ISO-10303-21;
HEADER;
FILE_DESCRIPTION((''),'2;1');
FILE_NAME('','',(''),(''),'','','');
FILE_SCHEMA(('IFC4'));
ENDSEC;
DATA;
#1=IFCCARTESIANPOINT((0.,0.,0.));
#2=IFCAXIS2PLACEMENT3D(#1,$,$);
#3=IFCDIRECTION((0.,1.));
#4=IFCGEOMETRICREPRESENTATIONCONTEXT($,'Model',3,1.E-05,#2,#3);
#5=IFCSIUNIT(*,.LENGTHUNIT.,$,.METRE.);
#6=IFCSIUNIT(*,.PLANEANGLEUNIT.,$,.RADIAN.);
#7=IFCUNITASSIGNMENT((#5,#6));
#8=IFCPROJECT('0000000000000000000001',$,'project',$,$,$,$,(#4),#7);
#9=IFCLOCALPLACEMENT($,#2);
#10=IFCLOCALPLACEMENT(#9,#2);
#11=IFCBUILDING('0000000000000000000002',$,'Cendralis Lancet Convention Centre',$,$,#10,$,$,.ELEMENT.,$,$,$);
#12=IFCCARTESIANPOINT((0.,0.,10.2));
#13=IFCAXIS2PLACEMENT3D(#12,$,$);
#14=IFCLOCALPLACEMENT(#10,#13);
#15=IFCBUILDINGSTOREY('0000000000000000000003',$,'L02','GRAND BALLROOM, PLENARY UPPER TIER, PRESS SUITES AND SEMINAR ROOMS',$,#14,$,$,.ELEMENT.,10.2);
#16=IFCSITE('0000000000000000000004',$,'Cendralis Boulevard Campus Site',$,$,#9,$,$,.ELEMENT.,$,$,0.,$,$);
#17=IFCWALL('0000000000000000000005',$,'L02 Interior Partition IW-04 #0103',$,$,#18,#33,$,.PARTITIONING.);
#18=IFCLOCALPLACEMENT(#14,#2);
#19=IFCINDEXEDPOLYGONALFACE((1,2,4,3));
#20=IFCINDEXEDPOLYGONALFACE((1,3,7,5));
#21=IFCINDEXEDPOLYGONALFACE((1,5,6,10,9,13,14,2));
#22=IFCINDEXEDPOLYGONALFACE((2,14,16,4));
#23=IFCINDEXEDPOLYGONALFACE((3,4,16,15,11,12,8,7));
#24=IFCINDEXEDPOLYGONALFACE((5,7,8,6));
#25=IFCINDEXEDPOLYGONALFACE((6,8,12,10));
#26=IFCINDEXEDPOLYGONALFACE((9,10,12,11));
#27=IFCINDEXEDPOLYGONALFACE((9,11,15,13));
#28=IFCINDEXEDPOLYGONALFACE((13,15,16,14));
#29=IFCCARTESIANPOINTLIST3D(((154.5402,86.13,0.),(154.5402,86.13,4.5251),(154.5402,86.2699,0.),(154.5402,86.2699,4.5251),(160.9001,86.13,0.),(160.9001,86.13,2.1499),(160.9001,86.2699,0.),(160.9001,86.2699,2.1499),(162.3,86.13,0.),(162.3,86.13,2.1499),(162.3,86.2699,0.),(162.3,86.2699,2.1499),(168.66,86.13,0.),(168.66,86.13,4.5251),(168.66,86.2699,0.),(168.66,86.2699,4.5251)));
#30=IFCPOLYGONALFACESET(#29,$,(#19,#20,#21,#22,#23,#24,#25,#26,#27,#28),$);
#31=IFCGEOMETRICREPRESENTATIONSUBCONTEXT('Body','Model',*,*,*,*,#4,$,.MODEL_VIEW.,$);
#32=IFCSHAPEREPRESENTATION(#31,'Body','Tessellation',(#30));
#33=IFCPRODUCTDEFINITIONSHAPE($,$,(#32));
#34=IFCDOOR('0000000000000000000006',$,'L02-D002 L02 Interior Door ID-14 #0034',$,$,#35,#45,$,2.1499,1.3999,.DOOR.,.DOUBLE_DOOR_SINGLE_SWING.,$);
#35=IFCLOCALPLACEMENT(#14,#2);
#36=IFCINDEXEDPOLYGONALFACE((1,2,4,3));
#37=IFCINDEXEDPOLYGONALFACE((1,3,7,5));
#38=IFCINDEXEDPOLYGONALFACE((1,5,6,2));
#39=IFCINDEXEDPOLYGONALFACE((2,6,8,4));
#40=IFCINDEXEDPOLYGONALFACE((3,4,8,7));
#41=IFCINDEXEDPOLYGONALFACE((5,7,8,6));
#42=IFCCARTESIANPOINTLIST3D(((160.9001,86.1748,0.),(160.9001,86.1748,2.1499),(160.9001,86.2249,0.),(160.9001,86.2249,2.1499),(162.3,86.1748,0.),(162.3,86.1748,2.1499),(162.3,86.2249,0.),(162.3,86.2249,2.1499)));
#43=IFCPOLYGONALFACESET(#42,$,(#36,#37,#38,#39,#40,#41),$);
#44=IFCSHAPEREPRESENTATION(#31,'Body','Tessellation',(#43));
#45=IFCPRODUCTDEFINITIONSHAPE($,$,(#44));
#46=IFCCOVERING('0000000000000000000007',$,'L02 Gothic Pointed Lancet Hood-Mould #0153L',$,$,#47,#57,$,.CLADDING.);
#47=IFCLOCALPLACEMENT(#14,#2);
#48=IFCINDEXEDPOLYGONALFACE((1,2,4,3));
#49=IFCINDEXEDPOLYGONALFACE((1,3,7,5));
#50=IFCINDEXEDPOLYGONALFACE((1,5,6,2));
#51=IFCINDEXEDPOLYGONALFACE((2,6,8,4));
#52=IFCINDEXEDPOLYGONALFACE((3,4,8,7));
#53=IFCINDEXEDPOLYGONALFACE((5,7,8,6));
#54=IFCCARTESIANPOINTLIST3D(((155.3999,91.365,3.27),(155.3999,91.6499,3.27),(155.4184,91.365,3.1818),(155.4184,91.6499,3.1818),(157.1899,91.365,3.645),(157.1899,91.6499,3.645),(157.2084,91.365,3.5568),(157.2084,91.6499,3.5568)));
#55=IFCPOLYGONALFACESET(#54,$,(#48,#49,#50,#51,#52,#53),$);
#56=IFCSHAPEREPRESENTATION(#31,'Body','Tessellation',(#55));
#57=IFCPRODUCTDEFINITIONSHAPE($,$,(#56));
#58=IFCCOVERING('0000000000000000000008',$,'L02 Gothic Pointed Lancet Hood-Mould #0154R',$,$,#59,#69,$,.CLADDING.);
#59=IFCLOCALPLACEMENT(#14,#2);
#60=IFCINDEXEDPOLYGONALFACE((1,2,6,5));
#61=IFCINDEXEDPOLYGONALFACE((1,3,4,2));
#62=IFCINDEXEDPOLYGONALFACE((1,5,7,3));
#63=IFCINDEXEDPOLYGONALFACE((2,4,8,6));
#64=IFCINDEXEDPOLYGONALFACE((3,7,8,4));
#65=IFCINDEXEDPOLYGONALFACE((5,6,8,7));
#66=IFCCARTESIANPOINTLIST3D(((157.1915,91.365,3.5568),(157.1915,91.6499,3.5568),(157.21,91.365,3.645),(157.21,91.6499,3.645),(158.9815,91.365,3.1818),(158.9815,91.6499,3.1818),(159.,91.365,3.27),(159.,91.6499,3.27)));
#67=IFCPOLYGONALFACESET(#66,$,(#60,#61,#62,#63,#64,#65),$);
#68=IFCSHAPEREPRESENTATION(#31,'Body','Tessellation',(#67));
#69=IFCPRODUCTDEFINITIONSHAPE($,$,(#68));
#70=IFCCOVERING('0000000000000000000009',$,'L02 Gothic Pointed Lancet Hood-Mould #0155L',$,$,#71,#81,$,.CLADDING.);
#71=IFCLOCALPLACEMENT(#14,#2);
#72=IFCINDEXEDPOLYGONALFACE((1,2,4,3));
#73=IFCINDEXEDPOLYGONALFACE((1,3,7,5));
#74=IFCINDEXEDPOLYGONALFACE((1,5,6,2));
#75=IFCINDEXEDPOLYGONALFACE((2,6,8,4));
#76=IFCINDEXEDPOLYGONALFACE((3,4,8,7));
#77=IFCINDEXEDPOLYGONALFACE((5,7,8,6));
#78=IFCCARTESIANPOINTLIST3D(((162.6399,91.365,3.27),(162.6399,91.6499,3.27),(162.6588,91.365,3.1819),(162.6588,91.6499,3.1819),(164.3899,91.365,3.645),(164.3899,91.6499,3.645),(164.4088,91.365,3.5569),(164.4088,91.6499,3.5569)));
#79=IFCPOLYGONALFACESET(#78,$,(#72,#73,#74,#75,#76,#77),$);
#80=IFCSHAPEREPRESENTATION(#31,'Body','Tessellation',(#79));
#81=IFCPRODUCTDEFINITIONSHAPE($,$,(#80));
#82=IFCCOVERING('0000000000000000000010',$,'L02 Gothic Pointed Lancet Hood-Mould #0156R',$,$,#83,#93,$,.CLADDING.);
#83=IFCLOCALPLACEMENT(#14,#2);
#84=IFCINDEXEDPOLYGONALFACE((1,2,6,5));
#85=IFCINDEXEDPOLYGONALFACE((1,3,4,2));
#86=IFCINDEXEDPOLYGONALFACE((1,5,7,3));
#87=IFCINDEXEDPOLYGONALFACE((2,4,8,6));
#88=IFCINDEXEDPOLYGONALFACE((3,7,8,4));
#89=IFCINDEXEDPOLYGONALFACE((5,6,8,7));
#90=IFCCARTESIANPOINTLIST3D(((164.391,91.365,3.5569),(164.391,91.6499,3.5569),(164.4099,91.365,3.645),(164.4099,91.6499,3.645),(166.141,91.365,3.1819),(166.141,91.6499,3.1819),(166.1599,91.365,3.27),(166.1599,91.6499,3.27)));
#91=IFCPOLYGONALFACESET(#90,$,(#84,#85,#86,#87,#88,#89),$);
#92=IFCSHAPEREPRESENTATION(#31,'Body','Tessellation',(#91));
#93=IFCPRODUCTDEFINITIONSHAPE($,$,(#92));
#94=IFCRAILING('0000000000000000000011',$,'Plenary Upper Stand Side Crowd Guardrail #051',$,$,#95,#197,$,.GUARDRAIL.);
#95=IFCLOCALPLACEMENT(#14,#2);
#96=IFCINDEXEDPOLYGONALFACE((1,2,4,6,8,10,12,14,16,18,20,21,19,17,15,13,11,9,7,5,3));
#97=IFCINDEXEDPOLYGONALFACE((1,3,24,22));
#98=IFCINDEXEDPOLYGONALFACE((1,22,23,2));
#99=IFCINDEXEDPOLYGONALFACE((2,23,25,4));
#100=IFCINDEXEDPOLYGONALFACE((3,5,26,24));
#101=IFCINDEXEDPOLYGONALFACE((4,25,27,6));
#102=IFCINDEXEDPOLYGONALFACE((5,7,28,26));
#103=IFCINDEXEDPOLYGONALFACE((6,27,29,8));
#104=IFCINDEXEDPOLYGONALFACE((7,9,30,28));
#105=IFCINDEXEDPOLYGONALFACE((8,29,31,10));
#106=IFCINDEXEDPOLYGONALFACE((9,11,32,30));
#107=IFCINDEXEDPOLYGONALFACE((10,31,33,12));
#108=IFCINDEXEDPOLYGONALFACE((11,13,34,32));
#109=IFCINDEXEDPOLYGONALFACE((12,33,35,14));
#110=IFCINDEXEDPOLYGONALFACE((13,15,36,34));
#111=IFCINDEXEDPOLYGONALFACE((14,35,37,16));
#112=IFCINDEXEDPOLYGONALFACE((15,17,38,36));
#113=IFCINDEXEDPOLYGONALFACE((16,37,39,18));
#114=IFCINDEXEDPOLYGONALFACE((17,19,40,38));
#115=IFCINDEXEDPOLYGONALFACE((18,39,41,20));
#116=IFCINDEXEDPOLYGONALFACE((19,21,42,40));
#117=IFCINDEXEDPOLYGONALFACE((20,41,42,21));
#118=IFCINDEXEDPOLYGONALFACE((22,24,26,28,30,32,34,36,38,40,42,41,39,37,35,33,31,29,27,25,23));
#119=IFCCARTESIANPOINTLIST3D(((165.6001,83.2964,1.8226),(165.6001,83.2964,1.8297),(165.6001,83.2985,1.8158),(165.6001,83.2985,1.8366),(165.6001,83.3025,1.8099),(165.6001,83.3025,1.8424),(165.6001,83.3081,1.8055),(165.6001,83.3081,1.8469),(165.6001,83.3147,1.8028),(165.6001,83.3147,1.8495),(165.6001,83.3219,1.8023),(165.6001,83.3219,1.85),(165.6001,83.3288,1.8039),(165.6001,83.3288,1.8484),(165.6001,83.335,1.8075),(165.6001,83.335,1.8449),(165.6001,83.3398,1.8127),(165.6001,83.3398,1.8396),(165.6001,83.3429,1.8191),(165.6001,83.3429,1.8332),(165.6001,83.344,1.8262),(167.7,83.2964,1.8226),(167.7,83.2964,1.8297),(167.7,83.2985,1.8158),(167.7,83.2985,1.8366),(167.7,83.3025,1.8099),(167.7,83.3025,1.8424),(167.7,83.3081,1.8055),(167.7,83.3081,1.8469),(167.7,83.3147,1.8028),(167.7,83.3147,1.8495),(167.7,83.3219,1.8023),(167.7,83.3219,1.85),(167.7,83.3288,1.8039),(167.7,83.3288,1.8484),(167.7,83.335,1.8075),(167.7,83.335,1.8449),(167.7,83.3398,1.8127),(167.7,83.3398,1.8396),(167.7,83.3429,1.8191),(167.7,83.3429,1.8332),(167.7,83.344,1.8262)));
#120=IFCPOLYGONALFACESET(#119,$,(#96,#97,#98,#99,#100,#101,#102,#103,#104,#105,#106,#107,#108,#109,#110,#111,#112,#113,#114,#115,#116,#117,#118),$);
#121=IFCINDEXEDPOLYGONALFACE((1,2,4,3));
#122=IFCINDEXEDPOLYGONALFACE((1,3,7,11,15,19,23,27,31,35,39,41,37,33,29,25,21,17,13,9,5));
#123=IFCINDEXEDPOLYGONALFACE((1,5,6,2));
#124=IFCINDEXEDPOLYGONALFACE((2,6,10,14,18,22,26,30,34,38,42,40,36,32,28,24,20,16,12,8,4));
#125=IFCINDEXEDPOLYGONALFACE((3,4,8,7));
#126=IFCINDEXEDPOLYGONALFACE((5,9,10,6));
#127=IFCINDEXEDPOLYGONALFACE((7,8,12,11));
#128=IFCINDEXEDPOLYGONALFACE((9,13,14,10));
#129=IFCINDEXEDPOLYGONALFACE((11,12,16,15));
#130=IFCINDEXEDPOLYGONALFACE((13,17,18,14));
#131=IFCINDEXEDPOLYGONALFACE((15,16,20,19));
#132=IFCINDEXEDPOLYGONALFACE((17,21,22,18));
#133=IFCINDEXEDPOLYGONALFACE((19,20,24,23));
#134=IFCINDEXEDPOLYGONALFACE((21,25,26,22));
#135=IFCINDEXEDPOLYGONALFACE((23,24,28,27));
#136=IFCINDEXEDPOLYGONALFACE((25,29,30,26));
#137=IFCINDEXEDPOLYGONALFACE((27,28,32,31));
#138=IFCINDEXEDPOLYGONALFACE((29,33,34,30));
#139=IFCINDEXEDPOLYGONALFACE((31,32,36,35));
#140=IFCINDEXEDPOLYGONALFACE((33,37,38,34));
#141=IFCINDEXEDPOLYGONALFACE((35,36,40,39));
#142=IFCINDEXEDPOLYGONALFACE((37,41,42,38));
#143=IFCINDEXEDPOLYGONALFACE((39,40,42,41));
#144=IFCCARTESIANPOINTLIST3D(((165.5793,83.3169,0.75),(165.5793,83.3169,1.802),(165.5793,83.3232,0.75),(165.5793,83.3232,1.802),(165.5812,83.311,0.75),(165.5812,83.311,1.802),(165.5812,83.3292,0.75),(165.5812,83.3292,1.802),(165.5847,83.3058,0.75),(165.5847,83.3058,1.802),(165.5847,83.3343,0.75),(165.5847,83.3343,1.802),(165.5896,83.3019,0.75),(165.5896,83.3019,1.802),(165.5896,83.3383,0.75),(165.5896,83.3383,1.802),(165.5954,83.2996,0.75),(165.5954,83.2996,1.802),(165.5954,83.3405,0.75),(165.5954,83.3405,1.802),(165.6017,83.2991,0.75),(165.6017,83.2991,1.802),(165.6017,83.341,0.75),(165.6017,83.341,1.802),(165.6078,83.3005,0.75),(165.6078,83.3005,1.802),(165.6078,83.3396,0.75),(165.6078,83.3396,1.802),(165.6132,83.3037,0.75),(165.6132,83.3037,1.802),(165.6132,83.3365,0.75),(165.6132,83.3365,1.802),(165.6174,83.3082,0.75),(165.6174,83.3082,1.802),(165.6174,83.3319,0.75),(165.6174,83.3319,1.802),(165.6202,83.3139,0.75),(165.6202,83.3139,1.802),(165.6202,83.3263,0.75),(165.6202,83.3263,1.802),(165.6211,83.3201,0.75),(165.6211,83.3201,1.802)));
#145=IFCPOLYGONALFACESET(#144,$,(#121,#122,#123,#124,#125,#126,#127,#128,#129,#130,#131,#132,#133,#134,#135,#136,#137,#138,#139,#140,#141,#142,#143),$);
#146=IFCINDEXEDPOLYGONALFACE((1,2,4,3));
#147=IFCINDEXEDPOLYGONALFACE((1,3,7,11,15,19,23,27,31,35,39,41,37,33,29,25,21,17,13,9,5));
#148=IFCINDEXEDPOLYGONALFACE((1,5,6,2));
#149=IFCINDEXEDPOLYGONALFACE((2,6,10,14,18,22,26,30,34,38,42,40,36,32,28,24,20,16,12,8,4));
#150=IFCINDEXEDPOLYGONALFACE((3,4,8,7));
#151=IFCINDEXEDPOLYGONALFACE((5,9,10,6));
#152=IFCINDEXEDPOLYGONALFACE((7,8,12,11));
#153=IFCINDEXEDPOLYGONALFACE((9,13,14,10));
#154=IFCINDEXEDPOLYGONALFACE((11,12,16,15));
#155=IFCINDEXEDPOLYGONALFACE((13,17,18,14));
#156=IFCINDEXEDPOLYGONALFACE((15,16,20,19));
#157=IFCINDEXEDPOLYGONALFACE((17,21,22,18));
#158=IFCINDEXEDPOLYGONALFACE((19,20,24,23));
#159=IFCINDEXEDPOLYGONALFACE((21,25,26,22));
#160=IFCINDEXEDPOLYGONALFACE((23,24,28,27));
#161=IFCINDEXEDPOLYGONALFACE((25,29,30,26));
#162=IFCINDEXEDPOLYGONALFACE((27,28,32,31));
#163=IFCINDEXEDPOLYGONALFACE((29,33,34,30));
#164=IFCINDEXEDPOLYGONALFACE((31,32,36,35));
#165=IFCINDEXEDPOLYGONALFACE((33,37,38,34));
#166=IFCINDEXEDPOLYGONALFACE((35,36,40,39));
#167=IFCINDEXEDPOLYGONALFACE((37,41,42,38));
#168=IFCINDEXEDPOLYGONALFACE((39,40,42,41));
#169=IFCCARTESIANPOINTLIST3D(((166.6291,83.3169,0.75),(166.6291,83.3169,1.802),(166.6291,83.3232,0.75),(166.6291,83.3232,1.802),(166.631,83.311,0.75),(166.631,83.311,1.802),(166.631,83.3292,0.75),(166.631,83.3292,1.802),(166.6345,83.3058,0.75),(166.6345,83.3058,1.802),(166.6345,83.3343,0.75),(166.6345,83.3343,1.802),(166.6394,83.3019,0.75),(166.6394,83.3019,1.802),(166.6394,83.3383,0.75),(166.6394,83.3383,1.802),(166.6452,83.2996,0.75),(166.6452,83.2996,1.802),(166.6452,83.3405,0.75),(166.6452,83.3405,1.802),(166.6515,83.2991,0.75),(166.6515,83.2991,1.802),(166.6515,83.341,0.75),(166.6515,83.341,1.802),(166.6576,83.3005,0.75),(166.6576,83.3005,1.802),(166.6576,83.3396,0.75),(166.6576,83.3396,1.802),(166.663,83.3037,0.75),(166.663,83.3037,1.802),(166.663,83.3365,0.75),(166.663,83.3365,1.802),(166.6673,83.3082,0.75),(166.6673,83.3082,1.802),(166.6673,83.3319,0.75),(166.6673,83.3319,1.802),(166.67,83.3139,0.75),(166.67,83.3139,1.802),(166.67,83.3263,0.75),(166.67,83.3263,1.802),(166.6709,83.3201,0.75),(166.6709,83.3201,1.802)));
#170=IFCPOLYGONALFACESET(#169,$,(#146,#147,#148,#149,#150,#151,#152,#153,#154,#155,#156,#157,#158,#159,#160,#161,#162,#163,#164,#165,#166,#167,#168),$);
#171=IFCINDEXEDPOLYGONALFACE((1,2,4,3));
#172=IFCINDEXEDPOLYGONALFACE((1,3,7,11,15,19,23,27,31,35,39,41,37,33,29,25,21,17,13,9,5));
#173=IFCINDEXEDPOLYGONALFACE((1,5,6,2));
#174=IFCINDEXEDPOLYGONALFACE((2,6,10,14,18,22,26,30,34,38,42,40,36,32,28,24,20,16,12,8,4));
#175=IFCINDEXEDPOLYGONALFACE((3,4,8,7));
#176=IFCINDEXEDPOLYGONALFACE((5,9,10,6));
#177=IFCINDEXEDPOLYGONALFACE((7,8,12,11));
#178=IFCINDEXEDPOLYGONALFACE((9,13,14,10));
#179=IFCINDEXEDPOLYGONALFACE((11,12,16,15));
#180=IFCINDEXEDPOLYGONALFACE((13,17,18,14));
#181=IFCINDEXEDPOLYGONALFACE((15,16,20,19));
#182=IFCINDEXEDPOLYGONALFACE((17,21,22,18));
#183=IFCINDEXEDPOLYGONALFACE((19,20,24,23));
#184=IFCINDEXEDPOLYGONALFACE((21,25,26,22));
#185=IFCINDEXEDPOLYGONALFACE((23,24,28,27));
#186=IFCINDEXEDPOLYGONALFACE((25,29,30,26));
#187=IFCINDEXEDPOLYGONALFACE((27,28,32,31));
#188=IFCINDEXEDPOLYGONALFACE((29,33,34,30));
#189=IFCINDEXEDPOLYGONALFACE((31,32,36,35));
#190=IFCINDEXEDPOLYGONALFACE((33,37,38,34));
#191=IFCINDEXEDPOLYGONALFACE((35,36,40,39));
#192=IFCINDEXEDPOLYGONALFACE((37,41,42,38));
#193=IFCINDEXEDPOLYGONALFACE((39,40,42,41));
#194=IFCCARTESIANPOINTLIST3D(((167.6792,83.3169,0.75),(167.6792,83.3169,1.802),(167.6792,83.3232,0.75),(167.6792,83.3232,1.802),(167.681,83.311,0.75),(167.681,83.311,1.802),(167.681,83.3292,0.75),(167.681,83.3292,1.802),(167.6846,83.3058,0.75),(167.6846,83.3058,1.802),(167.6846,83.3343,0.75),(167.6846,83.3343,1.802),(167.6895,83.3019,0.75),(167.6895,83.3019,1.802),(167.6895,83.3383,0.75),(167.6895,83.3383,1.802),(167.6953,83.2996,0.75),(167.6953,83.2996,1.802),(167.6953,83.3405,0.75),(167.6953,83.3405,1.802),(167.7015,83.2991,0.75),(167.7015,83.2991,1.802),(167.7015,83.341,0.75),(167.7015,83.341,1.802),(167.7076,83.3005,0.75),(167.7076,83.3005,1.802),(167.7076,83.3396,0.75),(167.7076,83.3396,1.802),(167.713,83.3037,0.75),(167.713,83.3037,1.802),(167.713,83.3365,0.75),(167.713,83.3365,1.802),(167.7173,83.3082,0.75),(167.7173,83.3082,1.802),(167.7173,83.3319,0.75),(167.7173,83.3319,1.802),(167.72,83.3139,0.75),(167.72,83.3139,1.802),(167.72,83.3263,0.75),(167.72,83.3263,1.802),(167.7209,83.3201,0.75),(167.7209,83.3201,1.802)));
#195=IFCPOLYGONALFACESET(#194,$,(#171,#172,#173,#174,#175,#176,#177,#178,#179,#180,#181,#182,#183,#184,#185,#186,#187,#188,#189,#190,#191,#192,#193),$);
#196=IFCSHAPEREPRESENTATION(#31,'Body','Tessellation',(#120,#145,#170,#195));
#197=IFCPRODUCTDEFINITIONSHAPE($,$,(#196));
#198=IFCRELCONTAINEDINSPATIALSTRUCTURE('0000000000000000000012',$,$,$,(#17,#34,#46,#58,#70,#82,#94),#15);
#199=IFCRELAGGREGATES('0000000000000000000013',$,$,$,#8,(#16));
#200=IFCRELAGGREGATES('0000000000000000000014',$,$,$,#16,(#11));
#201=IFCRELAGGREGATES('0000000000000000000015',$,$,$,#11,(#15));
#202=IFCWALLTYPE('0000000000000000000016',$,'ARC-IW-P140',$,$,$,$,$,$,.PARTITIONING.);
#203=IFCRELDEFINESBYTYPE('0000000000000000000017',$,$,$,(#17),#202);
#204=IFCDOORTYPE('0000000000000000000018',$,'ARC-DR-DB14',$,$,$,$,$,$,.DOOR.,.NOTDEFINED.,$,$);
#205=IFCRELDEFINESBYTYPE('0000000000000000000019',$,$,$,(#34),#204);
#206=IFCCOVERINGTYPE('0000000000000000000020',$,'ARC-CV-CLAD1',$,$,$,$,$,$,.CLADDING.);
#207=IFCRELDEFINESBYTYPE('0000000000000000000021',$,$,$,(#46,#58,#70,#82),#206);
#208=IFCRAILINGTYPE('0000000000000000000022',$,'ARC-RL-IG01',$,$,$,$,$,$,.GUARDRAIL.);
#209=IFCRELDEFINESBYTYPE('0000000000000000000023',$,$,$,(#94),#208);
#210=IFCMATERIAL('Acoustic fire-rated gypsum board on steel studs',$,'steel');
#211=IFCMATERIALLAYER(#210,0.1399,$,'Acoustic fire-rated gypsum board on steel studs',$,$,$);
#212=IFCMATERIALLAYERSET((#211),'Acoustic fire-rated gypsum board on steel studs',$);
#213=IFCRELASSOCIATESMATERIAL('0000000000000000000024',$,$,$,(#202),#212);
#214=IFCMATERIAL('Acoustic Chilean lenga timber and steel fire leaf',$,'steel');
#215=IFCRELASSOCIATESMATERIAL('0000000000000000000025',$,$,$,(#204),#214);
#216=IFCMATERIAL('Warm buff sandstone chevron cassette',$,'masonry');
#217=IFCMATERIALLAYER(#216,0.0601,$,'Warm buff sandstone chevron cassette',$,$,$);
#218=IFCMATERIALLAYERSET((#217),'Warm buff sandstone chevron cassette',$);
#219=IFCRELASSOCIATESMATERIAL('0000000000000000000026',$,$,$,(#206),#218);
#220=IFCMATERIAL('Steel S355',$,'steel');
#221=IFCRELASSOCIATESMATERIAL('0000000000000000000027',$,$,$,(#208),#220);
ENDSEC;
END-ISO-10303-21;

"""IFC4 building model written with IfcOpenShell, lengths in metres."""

from ifc_helpers import new_model, si_unit, direction, frame, frame_2d, origin, origin_2d, place, context, subcontext, project, spatial, polyline, rectangle, circle, outline, extrude, material, layer, layer_set, type_object, element, fill, save


model = new_model("IFC4")

# Units and contexts
model_context = context("Model", 3, precision=1e-05, world=origin(), true_north=direction((0.0, 1.0)))
body_context = subcontext(model_context, "Body", "Model", "MODEL_VIEW")
ifc_project = project(units=[si_unit("LENGTHUNIT", "METRE"), si_unit("PLANEANGLEUNIT", "RADIAN")], contexts=[model_context])

# Site, building, storey
site_placement = place(None, origin())
site = spatial("IfcSite", under=ifc_project, at=site_placement, Name="Cendralis Boulevard Campus Site", CompositionType="ELEMENT", RefElevation=0.0)
building_placement = place(site_placement, origin())
building = spatial("IfcBuilding", under=site, at=building_placement, Name="Cendralis Lancet Convention Centre", CompositionType="ELEMENT")
storey_placement = place(building_placement, frame((0.0, 0.0, 10.2)))
storey = spatial("IfcBuildingStorey", under=building, at=storey_placement, Name="L02", Description="GRAND BALLROOM, PLENARY UPPER TIER, PRESS SUITES AND SEMINAR ROOMS", CompositionType="ELEMENT", Elevation=10.2)

# Shared definitions
ifc_material_1 = material(Name="Steel S355", Category="steel")

# Shared definitions
ifc_material_2 = material(Name="Acoustic fire-rated gypsum board on steel studs", Category="steel")

# Wall, opening, door
ifc_layer_1 = layer(ifc_material_2, 0.1399, Name="Acoustic fire-rated gypsum board on steel studs")
ifc_layer_set_1 = layer_set([ifc_layer_1], Name="Acoustic fire-rated gypsum board on steel studs")
wall_type_1 = type_object("IfcWallType", Name="ARC-IW-P140", PredefinedType="PARTITIONING", material=ifc_layer_set_1)
wall_1_placement = place(storey_placement, frame((154.54, 86.2, 0.0), z_axis=(0.0, 0.0, 1.0), x_axis=(1.0, 0.0, 0.0)))
wall_1 = element("IfcWall", 1, at=wall_1_placement, inside=storey, type_object=wall_type_1, Name="L02 Interior Partition IW-04 #0103", PredefinedType="PARTITIONING", context=body_context, shape_type="SweptSolid", body=[
    extrude(rectangle(XDim=14.1199, YDim=0.1399, at=frame_2d((7.0601, 0.0))), origin(), (0.0, 0.0, 1.0), 4.5251),
])
opening_1_placement = place(wall_1_placement, frame((6.3601, 0.0, 0.0)))
opening_1 = element("IfcOpeningElement", 2, at=opening_1_placement, cuts=wall_1, PredefinedType="OPENING", context=body_context, shape_type="SweptSolid", body=[
    extrude(rectangle(XDim=1.3999, YDim=2.1499, at=frame_2d((0.7, 1.075))), frame((0.0, 0.0798, 0.0), z_axis=(0.0, -1.0, 0.0), x_axis=(1.0, 0.0, 0.0)), (0.0, 0.0, 1.0), 0.1599),
])
ifc_material_3 = material(Name="Acoustic Chilean lenga timber and steel fire leaf", Category="steel")
door_type = type_object("IfcDoorType", Name="ARC-DR-DB14", OperationType="NOTDEFINED", PredefinedType="DOOR", material=ifc_material_3)
door_placement = place(opening_1_placement, origin())
door = element("IfcDoor", 3, at=door_placement, inside=storey, type_object=door_type, Name="L02-D002 L02 Interior Door ID-14 #0034", OperationType="DOUBLE_DOOR_SINGLE_SWING", OverallHeight=2.1499, OverallWidth=1.3999, PredefinedType="DOOR", context=body_context, shape_type="SweptSolid", body=[
    extrude(rectangle(XDim=1.3999, YDim=2.1499, at=frame_2d((0.7, 1.075))), frame((0.0, 0.0249, 0.0), z_axis=(0.0, -1.0, 0.0), x_axis=(1.0, 0.0, 0.0)), (0.0, 0.0, 1.0), 0.05),
])
fill(opening_1, door)

# Coverings
ifc_material_4 = material(Name="Warm buff sandstone chevron cassette", Category="masonry")
ifc_layer_2 = layer(ifc_material_4, 0.0601, Name="Warm buff sandstone chevron cassette")
ifc_layer_set_2 = layer_set([ifc_layer_2], Name="Warm buff sandstone chevron cassette")
covering_type = type_object("IfcCoveringType", Name="ARC-CV-CLAD1", PredefinedType="CLADDING", material=ifc_layer_set_2)
for number, where, z_axis, x_axis, name in (
    (4, (155.3999, 91.6499, 3.27), (-0.205042, 0.0, 0.978753), (0.0, -1.0, 0.0), "L02 Gothic Pointed Lancet Hood-Mould #0153L"),
    (5, (157.21, 91.6499, 3.645), (0.205042, 0.0, 0.978753), (0.0, -1.0, 0.0), "L02 Gothic Pointed Lancet Hood-Mould #0154R"),
):
    element("IfcCovering", number, at=place(storey_placement, frame(where, z_axis=z_axis, x_axis=x_axis)), inside=storey, type_object=covering_type, Name=name, PredefinedType="CLADDING", context=body_context, shape_type="SweptSolid", body=[
        extrude(outline(polyline([(0.0, 0.0), (0.2849, 0.0), (0.2849, 1.8289), (0.0, 1.8289), (0.0, 0.0)])), origin(), (0.0, 0.0, -1.0), 0.0901),
    ])
for number, where, z_axis, x_axis, name in (
    (6, (162.6399, 91.6499, 3.27), (-0.209529, 0.0, 0.977802), (0.0, -1.0, 0.0), "L02 Gothic Pointed Lancet Hood-Mould #0155L"),
    (7, (164.4099, 91.6499, 3.645), (0.209529, 0.0, 0.977802), (0.0, -1.0, 0.0), "L02 Gothic Pointed Lancet Hood-Mould #0156R"),
):
    element("IfcCovering", number, at=place(storey_placement, frame(where, z_axis=z_axis, x_axis=x_axis)), inside=storey, type_object=covering_type, Name=name, PredefinedType="CLADDING", context=body_context, shape_type="SweptSolid", body=[
        extrude(outline(polyline([(0.0, 0.0), (0.2849, 0.0), (0.2849, 1.7897), (0.0, 1.7897), (0.0, 0.0)])), origin(), (0.0, 0.0, -1.0), 0.0901),
    ])

# Railing
railing_type = type_object("IfcRailingType", Name="ARC-RL-IG01", PredefinedType="GUARDRAIL", material=ifc_material_1)
railing_1_placement = place(storey_placement, frame((165.6001, 83.3201, 0.75)))
element("IfcRailing", 8, at=railing_1_placement, inside=storey, type_object=railing_type, Name="Plenary Upper Stand Side Crowd Guardrail #051", PredefinedType="GUARDRAIL", context=body_context, shape_type="SweptSolid", body=[
    extrude(circle(Radius=0.0239, at=origin_2d()), frame((0.0, 0.0, 1.0762), z_axis=(1.0, 0.0, 0.0), x_axis=(0.0, 1.0, 0.0)), (0.0, 0.0, 1.0), 2.0999),
    extrude(circle(Radius=0.021, at=origin_2d()), origin(), (0.0, 0.0, 1.0), 1.052),
    extrude(circle(Radius=0.021, at=origin_2d()), frame((1.0498, 0.0, 0.0)), (0.0, 0.0, 1.0), 1.052),
    extrude(circle(Radius=0.021, at=origin_2d()), frame((2.0999, 0.0, 0.0)), (0.0, 0.0, 1.0), 1.052),
])

save(model, "model.ifc")
